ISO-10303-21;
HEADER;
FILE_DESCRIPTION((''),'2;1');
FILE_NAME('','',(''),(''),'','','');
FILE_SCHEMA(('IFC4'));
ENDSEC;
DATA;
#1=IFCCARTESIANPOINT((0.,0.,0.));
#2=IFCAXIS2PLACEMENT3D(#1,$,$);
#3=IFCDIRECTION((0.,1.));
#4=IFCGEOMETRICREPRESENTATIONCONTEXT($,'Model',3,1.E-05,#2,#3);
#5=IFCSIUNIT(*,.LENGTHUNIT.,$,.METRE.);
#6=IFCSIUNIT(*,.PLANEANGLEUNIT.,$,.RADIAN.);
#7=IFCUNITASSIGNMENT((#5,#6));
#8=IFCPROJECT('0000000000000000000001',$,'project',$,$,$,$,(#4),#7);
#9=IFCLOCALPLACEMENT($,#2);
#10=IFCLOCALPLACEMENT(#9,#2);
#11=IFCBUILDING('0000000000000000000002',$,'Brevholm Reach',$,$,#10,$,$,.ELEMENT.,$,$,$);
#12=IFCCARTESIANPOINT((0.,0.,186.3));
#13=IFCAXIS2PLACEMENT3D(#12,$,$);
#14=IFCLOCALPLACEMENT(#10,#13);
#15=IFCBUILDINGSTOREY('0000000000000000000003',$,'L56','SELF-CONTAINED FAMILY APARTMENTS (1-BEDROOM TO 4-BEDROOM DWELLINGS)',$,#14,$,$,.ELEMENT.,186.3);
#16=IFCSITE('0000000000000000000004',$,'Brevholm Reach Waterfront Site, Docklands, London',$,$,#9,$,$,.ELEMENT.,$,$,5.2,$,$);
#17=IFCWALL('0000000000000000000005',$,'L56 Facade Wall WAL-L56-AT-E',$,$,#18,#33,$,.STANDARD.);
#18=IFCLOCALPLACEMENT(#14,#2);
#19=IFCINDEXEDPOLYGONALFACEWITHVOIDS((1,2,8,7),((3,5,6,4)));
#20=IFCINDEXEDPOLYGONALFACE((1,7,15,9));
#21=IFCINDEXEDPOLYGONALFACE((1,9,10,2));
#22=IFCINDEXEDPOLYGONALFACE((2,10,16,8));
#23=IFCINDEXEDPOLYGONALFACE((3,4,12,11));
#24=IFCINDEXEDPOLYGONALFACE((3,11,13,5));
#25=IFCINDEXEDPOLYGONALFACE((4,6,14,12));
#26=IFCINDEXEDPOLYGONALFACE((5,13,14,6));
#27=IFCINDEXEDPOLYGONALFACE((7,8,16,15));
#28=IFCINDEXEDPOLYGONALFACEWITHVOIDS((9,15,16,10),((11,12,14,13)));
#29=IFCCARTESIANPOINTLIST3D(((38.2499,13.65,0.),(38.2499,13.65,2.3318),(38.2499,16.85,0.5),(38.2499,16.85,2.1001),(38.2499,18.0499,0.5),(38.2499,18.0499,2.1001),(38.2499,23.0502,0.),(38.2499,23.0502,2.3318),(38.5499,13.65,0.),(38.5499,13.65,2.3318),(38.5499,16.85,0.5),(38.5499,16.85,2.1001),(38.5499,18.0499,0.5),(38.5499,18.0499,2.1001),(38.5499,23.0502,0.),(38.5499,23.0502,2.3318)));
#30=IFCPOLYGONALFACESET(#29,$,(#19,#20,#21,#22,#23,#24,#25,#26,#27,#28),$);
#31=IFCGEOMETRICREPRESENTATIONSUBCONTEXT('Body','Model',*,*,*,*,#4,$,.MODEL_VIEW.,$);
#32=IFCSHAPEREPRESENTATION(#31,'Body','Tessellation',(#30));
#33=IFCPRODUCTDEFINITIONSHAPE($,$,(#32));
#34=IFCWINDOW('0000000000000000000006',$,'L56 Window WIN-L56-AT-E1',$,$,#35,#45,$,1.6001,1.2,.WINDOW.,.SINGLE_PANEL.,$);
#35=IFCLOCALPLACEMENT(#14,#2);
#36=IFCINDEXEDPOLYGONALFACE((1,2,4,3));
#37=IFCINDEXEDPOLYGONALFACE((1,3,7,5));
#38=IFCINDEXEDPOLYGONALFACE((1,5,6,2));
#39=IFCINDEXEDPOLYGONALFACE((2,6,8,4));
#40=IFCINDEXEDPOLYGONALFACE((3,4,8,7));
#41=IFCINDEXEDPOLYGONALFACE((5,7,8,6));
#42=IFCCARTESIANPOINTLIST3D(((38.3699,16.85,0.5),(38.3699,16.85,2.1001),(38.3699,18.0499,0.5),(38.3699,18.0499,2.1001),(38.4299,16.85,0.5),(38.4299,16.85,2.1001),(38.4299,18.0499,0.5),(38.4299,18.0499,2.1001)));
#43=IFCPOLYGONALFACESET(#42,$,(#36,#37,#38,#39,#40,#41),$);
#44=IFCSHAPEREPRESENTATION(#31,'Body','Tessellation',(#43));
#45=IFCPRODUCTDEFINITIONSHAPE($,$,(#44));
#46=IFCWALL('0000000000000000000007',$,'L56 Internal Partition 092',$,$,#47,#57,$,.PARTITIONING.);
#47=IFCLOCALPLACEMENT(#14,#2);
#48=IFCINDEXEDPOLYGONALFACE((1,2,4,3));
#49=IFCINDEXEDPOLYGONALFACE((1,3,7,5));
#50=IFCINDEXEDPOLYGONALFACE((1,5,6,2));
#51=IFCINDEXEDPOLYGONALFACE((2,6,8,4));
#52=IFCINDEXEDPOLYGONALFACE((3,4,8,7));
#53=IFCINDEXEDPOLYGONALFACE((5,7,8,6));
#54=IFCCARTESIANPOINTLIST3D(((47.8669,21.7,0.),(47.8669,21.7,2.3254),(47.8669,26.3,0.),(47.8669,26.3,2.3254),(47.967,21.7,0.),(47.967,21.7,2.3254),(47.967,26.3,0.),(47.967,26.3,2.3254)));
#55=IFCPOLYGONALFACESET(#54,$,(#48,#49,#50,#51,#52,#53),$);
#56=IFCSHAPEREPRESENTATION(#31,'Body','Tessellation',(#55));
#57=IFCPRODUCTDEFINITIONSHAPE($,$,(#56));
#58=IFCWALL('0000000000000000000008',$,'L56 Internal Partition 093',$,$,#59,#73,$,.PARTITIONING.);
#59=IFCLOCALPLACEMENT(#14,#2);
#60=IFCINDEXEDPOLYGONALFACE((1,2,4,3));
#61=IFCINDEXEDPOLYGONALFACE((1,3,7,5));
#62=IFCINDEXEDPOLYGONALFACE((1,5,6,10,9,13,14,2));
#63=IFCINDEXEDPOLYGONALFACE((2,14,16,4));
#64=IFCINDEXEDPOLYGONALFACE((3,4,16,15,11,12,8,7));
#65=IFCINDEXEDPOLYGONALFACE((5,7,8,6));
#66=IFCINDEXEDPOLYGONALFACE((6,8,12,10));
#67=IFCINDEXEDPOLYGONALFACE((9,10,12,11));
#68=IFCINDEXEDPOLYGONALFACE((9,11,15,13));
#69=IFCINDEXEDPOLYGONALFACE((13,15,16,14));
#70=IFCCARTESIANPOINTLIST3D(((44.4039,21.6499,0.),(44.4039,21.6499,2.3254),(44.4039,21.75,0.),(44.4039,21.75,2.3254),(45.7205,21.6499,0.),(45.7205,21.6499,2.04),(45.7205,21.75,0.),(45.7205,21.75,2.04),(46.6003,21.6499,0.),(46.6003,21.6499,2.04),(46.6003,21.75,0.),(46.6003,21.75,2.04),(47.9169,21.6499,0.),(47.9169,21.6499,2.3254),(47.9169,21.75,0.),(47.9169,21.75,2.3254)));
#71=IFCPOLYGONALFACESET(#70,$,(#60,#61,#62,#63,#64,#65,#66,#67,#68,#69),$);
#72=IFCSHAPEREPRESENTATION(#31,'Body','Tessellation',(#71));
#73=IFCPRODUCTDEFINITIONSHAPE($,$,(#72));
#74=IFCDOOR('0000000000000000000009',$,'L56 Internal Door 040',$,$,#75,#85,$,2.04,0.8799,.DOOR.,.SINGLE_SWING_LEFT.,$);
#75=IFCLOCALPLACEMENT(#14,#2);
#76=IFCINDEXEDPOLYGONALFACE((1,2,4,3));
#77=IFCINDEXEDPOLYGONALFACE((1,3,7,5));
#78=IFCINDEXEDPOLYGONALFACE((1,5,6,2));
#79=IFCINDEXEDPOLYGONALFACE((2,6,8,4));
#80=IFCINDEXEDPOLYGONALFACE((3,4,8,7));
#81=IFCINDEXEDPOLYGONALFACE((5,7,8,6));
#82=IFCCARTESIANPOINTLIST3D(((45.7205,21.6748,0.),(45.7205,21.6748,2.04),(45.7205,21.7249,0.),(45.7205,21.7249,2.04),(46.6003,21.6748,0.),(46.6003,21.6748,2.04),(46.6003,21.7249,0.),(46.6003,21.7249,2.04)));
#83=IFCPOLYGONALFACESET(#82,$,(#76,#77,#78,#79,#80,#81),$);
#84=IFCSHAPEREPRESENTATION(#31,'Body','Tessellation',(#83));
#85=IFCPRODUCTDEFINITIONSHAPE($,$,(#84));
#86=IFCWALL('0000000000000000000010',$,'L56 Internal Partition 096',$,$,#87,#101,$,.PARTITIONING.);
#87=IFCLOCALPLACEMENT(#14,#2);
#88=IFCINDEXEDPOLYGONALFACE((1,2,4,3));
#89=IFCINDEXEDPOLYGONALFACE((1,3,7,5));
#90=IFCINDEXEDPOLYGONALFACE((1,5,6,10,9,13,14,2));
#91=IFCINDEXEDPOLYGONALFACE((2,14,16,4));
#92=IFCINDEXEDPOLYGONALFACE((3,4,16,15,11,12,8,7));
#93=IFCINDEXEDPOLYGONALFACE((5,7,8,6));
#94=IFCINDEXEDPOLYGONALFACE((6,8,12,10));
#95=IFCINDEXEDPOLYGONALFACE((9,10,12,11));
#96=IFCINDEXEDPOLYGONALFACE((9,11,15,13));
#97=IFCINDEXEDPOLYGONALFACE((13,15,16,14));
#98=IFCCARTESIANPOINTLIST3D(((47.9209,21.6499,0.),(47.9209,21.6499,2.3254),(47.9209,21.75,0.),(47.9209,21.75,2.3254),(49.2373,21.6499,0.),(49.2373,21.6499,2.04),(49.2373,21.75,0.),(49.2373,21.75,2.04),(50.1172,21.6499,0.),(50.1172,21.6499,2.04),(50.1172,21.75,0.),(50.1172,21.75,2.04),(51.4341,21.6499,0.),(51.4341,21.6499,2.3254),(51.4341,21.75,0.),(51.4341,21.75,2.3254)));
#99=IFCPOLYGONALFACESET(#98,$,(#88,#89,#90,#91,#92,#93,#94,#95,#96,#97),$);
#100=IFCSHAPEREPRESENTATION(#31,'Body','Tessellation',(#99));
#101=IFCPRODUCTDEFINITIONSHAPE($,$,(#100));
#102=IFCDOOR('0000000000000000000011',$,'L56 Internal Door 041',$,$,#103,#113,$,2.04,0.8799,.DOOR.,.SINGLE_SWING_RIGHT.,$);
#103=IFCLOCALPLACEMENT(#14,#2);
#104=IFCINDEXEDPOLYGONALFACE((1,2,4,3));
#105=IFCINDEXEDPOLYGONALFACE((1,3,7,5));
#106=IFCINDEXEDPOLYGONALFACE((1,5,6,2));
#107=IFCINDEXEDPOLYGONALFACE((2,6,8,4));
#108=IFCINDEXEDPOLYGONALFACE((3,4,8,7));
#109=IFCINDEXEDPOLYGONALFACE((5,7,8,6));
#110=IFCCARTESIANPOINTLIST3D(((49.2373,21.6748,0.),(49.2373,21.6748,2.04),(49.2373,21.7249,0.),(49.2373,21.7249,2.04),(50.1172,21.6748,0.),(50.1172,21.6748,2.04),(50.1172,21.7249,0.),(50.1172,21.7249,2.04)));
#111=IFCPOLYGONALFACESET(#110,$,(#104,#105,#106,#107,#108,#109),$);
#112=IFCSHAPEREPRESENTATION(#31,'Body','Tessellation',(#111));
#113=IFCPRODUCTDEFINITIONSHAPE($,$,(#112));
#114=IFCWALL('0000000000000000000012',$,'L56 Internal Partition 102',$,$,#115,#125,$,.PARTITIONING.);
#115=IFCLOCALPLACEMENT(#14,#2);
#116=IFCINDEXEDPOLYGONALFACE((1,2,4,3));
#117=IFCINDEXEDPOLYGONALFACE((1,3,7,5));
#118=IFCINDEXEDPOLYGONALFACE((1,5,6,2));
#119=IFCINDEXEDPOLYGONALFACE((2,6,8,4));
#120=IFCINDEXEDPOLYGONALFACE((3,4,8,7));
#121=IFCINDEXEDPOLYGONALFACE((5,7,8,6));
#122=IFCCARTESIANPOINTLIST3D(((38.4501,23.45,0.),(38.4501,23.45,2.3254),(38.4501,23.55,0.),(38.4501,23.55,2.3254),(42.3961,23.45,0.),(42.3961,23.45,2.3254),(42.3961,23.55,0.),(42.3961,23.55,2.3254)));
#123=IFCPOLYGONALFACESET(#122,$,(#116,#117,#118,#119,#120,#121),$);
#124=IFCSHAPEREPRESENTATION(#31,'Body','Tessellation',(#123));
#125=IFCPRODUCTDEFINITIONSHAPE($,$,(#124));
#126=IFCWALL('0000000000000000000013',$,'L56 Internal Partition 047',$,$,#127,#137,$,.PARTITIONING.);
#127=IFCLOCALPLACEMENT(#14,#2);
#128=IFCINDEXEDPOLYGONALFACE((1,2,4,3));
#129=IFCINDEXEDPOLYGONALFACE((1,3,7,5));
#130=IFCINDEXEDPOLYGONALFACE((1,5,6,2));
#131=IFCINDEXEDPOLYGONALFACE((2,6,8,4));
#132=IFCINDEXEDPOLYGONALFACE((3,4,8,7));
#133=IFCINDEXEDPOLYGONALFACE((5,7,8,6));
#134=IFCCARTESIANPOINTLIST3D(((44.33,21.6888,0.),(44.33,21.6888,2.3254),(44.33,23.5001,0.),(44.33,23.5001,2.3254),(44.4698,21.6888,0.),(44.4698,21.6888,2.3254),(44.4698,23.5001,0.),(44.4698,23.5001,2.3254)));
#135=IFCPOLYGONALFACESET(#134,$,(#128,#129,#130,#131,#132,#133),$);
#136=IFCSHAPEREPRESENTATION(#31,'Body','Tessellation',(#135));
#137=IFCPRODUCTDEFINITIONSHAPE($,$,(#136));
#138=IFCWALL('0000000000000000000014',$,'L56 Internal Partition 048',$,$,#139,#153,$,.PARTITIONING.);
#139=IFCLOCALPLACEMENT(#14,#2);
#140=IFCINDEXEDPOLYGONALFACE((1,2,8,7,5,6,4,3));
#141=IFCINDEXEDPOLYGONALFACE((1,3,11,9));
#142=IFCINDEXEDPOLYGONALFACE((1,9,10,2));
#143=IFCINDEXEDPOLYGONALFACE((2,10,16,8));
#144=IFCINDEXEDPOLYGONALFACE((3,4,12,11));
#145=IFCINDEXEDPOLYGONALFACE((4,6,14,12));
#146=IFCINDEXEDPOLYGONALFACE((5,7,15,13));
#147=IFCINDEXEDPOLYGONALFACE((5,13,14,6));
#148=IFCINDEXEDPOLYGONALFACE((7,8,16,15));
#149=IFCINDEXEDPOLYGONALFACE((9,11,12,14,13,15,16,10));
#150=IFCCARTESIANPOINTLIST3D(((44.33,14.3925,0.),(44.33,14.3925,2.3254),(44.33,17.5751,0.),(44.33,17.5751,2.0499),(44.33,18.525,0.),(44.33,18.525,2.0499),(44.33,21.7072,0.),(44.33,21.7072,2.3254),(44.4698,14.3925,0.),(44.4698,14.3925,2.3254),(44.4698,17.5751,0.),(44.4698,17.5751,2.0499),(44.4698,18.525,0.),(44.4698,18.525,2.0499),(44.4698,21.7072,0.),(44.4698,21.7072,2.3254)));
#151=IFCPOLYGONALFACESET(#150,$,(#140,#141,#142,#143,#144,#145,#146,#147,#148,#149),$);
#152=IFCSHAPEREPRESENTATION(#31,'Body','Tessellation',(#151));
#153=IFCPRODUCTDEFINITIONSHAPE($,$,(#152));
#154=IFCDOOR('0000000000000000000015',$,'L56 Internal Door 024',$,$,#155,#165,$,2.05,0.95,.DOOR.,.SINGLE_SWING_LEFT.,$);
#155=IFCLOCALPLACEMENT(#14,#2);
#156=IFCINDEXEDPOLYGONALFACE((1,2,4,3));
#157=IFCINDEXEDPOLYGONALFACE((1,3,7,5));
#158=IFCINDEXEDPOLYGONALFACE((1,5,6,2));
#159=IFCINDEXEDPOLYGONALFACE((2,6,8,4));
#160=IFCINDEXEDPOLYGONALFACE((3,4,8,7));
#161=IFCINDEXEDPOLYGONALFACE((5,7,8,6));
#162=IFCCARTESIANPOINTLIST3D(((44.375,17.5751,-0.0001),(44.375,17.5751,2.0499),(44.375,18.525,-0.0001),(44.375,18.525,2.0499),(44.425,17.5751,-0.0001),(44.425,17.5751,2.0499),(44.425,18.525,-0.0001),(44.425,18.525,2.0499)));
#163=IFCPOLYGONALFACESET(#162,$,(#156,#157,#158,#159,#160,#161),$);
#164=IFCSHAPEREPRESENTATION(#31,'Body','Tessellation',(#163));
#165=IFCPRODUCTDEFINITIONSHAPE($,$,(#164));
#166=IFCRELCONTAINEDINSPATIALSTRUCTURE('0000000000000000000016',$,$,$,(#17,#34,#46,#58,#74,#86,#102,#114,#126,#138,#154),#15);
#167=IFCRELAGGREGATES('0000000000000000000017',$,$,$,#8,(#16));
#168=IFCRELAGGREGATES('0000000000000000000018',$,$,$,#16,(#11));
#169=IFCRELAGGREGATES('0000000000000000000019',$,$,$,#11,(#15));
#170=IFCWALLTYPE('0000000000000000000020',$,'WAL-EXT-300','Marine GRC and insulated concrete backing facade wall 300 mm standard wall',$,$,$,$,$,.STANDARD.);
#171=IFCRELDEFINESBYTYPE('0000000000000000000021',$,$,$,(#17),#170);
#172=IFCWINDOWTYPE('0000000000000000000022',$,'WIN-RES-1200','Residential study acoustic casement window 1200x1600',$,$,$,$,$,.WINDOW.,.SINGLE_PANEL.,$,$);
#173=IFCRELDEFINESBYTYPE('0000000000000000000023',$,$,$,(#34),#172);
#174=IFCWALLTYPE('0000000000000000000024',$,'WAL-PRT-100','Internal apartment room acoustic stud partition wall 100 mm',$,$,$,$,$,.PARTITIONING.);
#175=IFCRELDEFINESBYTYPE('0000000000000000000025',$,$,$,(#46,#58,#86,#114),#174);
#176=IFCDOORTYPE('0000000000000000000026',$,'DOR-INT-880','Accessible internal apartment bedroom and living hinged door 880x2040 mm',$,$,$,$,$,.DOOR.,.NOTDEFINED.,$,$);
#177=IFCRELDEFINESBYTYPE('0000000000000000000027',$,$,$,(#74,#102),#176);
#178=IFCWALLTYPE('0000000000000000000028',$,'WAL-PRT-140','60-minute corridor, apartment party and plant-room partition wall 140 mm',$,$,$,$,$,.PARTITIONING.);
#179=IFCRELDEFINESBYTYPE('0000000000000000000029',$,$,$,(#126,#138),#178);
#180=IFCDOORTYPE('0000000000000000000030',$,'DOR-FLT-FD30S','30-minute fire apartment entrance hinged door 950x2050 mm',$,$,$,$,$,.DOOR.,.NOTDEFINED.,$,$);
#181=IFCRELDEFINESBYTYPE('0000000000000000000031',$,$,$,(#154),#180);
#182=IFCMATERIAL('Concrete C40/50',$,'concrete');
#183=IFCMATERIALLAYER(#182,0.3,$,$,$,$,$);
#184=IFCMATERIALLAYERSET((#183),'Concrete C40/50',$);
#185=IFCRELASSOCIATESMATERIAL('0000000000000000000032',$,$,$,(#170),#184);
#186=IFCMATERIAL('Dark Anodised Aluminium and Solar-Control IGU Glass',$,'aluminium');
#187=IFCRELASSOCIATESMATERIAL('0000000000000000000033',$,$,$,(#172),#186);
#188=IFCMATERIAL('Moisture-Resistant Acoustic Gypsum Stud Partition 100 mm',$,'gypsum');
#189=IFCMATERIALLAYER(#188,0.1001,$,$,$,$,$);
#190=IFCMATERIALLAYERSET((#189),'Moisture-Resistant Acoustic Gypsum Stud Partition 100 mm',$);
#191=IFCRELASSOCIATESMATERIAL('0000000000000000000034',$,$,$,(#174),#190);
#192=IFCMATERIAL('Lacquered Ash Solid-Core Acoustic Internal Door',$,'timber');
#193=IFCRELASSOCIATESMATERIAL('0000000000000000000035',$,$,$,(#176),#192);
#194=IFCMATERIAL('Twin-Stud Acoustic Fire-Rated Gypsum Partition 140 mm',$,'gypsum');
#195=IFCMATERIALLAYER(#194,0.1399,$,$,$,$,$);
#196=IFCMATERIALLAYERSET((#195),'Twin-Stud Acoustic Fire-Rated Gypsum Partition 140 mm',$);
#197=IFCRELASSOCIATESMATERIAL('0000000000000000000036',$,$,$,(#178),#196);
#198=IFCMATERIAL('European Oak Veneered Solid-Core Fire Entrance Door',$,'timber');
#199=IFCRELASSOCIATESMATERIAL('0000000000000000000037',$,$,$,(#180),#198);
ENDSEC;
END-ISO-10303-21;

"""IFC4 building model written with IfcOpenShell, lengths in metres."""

from ifc_helpers import new_model, si_unit, direction, frame, frame_2d, origin, place, context, subcontext, project, spatial, rectangle, extrude, material, layer, layer_set, type_object, element, fill, save


model = new_model("IFC4")

# Units and contexts
model_context = context("Model", 3, precision=1e-05, world=origin(), true_north=direction((0.0, 1.0)))
body_context = subcontext(model_context, "Body", "Model", "MODEL_VIEW")
ifc_project = project(units=[si_unit("LENGTHUNIT", "METRE"), si_unit("PLANEANGLEUNIT", "RADIAN")], contexts=[model_context])

# Site, building, storey
site_placement = place(None, origin())
site = spatial("IfcSite", under=ifc_project, at=site_placement, Name="Brevholm Reach Waterfront Site, Docklands, London", CompositionType="ELEMENT", RefElevation=5.2)
building_placement = place(site_placement, origin())
building = spatial("IfcBuilding", under=site, at=building_placement, Name="Brevholm Reach", CompositionType="ELEMENT")
storey_placement = place(building_placement, frame((0.0, 0.0, 186.3)))
storey = spatial("IfcBuildingStorey", under=building, at=storey_placement, Name="L56", Description="SELF-CONTAINED FAMILY APARTMENTS (1-BEDROOM TO 4-BEDROOM DWELLINGS)", CompositionType="ELEMENT", Elevation=186.3)

# Wall, opening, window
ifc_material_1 = material(Name="Concrete C40/50", Category="concrete")
ifc_layer_1 = layer(ifc_material_1, 0.3)
ifc_layer_set_1 = layer_set([ifc_layer_1], Name="Concrete C40/50")
wall_type_1 = type_object("IfcWallType", Name="WAL-EXT-300", Description="Marine GRC and insulated concrete backing facade wall 300 mm standard wall", PredefinedType="STANDARD", material=ifc_layer_set_1)
wall_1_placement = place(storey_placement, frame((38.3999, 13.6499, 0.0), z_axis=(0.0, 0.0, 1.0), x_axis=(0.0, 1.0, 0.0)))
wall_1 = element("IfcWall", 1, at=wall_1_placement, inside=storey, type_object=wall_type_1, Name="L56 Facade Wall WAL-L56-AT-E", PredefinedType="STANDARD", context=body_context, shape_type="SweptSolid", body=[
    extrude(rectangle(XDim=9.4001, YDim=0.3, at=frame_2d((4.7002, 0.0))), origin(), (0.0, 0.0, 1.0), 2.3318),
])
opening_1_placement = place(wall_1_placement, frame((3.2, 0.0, 0.5)))
opening_1 = element("IfcOpeningElement", 2, at=opening_1_placement, cuts=wall_1, PredefinedType="OPENING", context=body_context, shape_type="SweptSolid", body=[
    extrude(rectangle(XDim=1.2, YDim=1.6001, at=frame_2d((0.6001, 0.8))), frame((0.0, 0.1599, 0.0), z_axis=(0.0, -1.0, 0.0), x_axis=(1.0, 0.0, 0.0)), (0.0, 0.0, 1.0), 0.3201),
])
ifc_material_2 = material(Name="Dark Anodised Aluminium and Solar-Control IGU Glass", Category="aluminium")
window_type = type_object("IfcWindowType", Name="WIN-RES-1200", Description="Residential study acoustic casement window 1200x1600", PartitioningType="SINGLE_PANEL", PredefinedType="WINDOW", material=ifc_material_2)
window_placement = place(opening_1_placement, origin())
window = element("IfcWindow", 3, at=window_placement, inside=storey, type_object=window_type, Name="L56 Window WIN-L56-AT-E1", OverallHeight=1.6001, OverallWidth=1.2, PartitioningType="SINGLE_PANEL", PredefinedType="WINDOW", context=body_context, shape_type="SweptSolid", body=[
    extrude(rectangle(XDim=1.2, YDim=1.6001, at=frame_2d((0.6001, 0.8))), frame((0.0, 0.03, 0.0), z_axis=(0.0, -1.0, 0.0), x_axis=(1.0, 0.0, 0.0)), (0.0, 0.0, 1.0), 0.0601),
])
fill(opening_1, window)

# Wall
ifc_material_3 = material(Name="Moisture-Resistant Acoustic Gypsum Stud Partition 100 mm", Category="gypsum")
ifc_layer_2 = layer(ifc_material_3, 0.1001)
ifc_layer_set_2 = layer_set([ifc_layer_2], Name="Moisture-Resistant Acoustic Gypsum Stud Partition 100 mm")
wall_type_2 = type_object("IfcWallType", Name="WAL-PRT-100", Description="Internal apartment room acoustic stud partition wall 100 mm", PredefinedType="PARTITIONING", material=ifc_layer_set_2)
wall_2_placement = place(storey_placement, frame((47.917, 21.7, 0.0), z_axis=(0.0, 0.0, 1.0), x_axis=(0.0, 1.0, 0.0)))
element("IfcWall", 4, at=wall_2_placement, inside=storey, type_object=wall_type_2, Name="L56 Internal Partition 092", PredefinedType="PARTITIONING", context=body_context, shape_type="SweptSolid", body=[
    extrude(rectangle(XDim=4.6001, YDim=0.1001, at=frame_2d((2.3, 0.0))), origin(), (0.0, 0.0, 1.0), 2.3254),
])

# Walls, openings, doors
wall_3_placement = place(storey_placement, frame((44.4041, 21.7, 0.0), z_axis=(0.0, 0.0, 1.0), x_axis=(1.0, 0.0, 0.0)))
wall_3 = element("IfcWall", 5, at=wall_3_placement, inside=storey, type_object=wall_type_2, Name="L56 Internal Partition 093", PredefinedType="PARTITIONING", context=body_context, shape_type="SweptSolid", body=[
    extrude(rectangle(XDim=3.5129, YDim=0.1001, at=frame_2d((1.7563, 0.0))), origin(), (0.0, 0.0, 1.0), 2.3254),
])
opening_2_placement = place(wall_3_placement, frame((1.3164, 0.0, 0.0)))
opening_2 = element("IfcOpeningElement", 6, at=opening_2_placement, cuts=wall_3, PredefinedType="OPENING", context=body_context, shape_type="SweptSolid", body=[
    extrude(rectangle(XDim=0.8799, YDim=2.04, at=frame_2d((0.4399, 1.02))), frame((0.0, 0.0601, 0.0), z_axis=(0.0, -1.0, 0.0), x_axis=(1.0, 0.0, 0.0)), (0.0, 0.0, 1.0), 0.1201),
])
ifc_material_4 = material(Name="Lacquered Ash Solid-Core Acoustic Internal Door", Category="timber")
door_type_1 = type_object("IfcDoorType", Name="DOR-INT-880", Description="Accessible internal apartment bedroom and living hinged door 880x2040 mm", OperationType="NOTDEFINED", PredefinedType="DOOR", material=ifc_material_4)
door_1_placement = place(opening_2_placement, origin())
door_1 = element("IfcDoor", 7, at=door_1_placement, inside=storey, type_object=door_type_1, Name="L56 Internal Door 040", OperationType="SINGLE_SWING_LEFT", OverallHeight=2.04, OverallWidth=0.8799, PredefinedType="DOOR", context=body_context, shape_type="SweptSolid", body=[
    extrude(rectangle(XDim=0.8799, YDim=2.04, at=frame_2d((0.4399, 1.02))), frame((0.0, 0.0249, 0.0), z_axis=(0.0, -1.0, 0.0), x_axis=(1.0, 0.0, 0.0)), (0.0, 0.0, 1.0), 0.05),
])
fill(opening_2, door_1)
wall_4_placement = place(storey_placement, frame((47.9209, 21.7, 0.0), z_axis=(0.0, 0.0, 1.0), x_axis=(1.0, 0.0, 0.0)))
wall_4 = element("IfcWall", 8, at=wall_4_placement, inside=storey, type_object=wall_type_2, Name="L56 Internal Partition 096", PredefinedType="PARTITIONING", context=body_context, shape_type="SweptSolid", body=[
    extrude(rectangle(XDim=3.5132, YDim=0.1001, at=frame_2d((1.7566, 0.0))), origin(), (0.0, 0.0, 1.0), 2.3254),
])
opening_3_placement = place(wall_4_placement, frame((1.3164, 0.0, 0.0)))
opening_3 = element("IfcOpeningElement", 9, at=opening_3_placement, cuts=wall_4, PredefinedType="OPENING", context=body_context, shape_type="SweptSolid", body=[
    extrude(rectangle(XDim=0.8799, YDim=2.04, at=frame_2d((0.4399, 1.02))), frame((0.0, 0.0601, 0.0), z_axis=(0.0, -1.0, 0.0), x_axis=(1.0, 0.0, 0.0)), (0.0, 0.0, 1.0), 0.1201),
])
door_2_placement = place(opening_3_placement, origin())
door_2 = element("IfcDoor", 10, at=door_2_placement, inside=storey, type_object=door_type_1, Name="L56 Internal Door 041", OperationType="SINGLE_SWING_RIGHT", OverallHeight=2.04, OverallWidth=0.8799, PredefinedType="DOOR", context=body_context, shape_type="SweptSolid", body=[
    extrude(rectangle(XDim=0.8799, YDim=2.04, at=frame_2d((0.4399, 1.02))), frame((0.0, 0.0249, 0.0), z_axis=(0.0, -1.0, 0.0), x_axis=(1.0, 0.0, 0.0)), (0.0, 0.0, 1.0), 0.05),
])
fill(opening_3, door_2)

# Walls
wall_5_placement = place(storey_placement, frame((38.45, 23.5, 0.0), z_axis=(0.0, 0.0, 1.0), x_axis=(1.0, 0.0, 0.0)))
element("IfcWall", 11, at=wall_5_placement, inside=storey, type_object=wall_type_2, Name="L56 Internal Partition 102", PredefinedType="PARTITIONING", context=body_context, shape_type="SweptSolid", body=[
    extrude(rectangle(XDim=3.946, YDim=0.1001, at=frame_2d((1.9731, 0.0))), origin(), (0.0, 0.0, 1.0), 2.3254),
])
ifc_material_5 = material(Name="Twin-Stud Acoustic Fire-Rated Gypsum Partition 140 mm", Category="gypsum")
ifc_layer_3 = layer(ifc_material_5, 0.1399)
ifc_layer_set_3 = layer_set([ifc_layer_3], Name="Twin-Stud Acoustic Fire-Rated Gypsum Partition 140 mm")
wall_type_3 = type_object("IfcWallType", Name="WAL-PRT-140", Description="60-minute corridor, apartment party and plant-room partition wall 140 mm", PredefinedType="PARTITIONING", material=ifc_layer_set_3)
wall_6_placement = place(storey_placement, frame((44.3999, 21.6887, 0.0), z_axis=(0.0, 0.0, 1.0), x_axis=(0.0, 1.0, 0.0)))
element("IfcWall", 12, at=wall_6_placement, inside=storey, type_object=wall_type_3, Name="L56 Internal Partition 047", PredefinedType="PARTITIONING", context=body_context, shape_type="SweptSolid", body=[
    extrude(rectangle(XDim=1.8113, YDim=0.1399, at=frame_2d((0.9058, 0.0))), origin(), (0.0, 0.0, 1.0), 2.3254),
])

# Wall, opening, door
wall_7_placement = place(storey_placement, frame((44.3999, 14.3926, 0.0), z_axis=(0.0, 0.0, 1.0), x_axis=(0.0, 1.0, 0.0)))
wall_7 = element("IfcWall", 13, at=wall_7_placement, inside=storey, type_object=wall_type_3, Name="L56 Internal Partition 048", PredefinedType="PARTITIONING", context=body_context, shape_type="SweptSolid", body=[
    extrude(rectangle(XDim=7.3147, YDim=0.1399, at=frame_2d((3.6572, 0.0))), origin(), (0.0, 0.0, 1.0), 2.3254),
])
opening_4_placement = place(wall_7_placement, frame((3.1824, 0.0, 0.0)))
opening_4 = element("IfcOpeningElement", 14, at=opening_4_placement, cuts=wall_7, PredefinedType="OPENING", context=body_context, shape_type="SweptSolid", body=[
    extrude(rectangle(XDim=0.95, YDim=2.05, at=frame_2d((0.4751, 1.0249))), frame((0.0, 0.0798, 0.0), z_axis=(0.0, -1.0, 0.0), x_axis=(1.0, 0.0, 0.0)), (0.0, 0.0, 1.0), 0.1599),
])
ifc_material_6 = material(Name="European Oak Veneered Solid-Core Fire Entrance Door", Category="timber")
door_type_2 = type_object("IfcDoorType", Name="DOR-FLT-FD30S", Description="30-minute fire apartment entrance hinged door 950x2050 mm", OperationType="NOTDEFINED", PredefinedType="DOOR", material=ifc_material_6)
door_3_placement = place(opening_4_placement, origin())
door_3 = element("IfcDoor", 15, at=door_3_placement, inside=storey, type_object=door_type_2, Name="L56 Internal Door 024", OperationType="SINGLE_SWING_LEFT", OverallHeight=2.05, OverallWidth=0.95, PredefinedType="DOOR", context=body_context, shape_type="SweptSolid", body=[
    extrude(rectangle(XDim=0.95, YDim=2.05, at=frame_2d((0.4751, 1.0249))), frame((0.0, 0.0249, 0.0), z_axis=(0.0, -1.0, 0.0), x_axis=(1.0, 0.0, 0.0)), (0.0, 0.0, 1.0), 0.05),
])
fill(opening_4, door_3)

save(model, "model.ifc")
